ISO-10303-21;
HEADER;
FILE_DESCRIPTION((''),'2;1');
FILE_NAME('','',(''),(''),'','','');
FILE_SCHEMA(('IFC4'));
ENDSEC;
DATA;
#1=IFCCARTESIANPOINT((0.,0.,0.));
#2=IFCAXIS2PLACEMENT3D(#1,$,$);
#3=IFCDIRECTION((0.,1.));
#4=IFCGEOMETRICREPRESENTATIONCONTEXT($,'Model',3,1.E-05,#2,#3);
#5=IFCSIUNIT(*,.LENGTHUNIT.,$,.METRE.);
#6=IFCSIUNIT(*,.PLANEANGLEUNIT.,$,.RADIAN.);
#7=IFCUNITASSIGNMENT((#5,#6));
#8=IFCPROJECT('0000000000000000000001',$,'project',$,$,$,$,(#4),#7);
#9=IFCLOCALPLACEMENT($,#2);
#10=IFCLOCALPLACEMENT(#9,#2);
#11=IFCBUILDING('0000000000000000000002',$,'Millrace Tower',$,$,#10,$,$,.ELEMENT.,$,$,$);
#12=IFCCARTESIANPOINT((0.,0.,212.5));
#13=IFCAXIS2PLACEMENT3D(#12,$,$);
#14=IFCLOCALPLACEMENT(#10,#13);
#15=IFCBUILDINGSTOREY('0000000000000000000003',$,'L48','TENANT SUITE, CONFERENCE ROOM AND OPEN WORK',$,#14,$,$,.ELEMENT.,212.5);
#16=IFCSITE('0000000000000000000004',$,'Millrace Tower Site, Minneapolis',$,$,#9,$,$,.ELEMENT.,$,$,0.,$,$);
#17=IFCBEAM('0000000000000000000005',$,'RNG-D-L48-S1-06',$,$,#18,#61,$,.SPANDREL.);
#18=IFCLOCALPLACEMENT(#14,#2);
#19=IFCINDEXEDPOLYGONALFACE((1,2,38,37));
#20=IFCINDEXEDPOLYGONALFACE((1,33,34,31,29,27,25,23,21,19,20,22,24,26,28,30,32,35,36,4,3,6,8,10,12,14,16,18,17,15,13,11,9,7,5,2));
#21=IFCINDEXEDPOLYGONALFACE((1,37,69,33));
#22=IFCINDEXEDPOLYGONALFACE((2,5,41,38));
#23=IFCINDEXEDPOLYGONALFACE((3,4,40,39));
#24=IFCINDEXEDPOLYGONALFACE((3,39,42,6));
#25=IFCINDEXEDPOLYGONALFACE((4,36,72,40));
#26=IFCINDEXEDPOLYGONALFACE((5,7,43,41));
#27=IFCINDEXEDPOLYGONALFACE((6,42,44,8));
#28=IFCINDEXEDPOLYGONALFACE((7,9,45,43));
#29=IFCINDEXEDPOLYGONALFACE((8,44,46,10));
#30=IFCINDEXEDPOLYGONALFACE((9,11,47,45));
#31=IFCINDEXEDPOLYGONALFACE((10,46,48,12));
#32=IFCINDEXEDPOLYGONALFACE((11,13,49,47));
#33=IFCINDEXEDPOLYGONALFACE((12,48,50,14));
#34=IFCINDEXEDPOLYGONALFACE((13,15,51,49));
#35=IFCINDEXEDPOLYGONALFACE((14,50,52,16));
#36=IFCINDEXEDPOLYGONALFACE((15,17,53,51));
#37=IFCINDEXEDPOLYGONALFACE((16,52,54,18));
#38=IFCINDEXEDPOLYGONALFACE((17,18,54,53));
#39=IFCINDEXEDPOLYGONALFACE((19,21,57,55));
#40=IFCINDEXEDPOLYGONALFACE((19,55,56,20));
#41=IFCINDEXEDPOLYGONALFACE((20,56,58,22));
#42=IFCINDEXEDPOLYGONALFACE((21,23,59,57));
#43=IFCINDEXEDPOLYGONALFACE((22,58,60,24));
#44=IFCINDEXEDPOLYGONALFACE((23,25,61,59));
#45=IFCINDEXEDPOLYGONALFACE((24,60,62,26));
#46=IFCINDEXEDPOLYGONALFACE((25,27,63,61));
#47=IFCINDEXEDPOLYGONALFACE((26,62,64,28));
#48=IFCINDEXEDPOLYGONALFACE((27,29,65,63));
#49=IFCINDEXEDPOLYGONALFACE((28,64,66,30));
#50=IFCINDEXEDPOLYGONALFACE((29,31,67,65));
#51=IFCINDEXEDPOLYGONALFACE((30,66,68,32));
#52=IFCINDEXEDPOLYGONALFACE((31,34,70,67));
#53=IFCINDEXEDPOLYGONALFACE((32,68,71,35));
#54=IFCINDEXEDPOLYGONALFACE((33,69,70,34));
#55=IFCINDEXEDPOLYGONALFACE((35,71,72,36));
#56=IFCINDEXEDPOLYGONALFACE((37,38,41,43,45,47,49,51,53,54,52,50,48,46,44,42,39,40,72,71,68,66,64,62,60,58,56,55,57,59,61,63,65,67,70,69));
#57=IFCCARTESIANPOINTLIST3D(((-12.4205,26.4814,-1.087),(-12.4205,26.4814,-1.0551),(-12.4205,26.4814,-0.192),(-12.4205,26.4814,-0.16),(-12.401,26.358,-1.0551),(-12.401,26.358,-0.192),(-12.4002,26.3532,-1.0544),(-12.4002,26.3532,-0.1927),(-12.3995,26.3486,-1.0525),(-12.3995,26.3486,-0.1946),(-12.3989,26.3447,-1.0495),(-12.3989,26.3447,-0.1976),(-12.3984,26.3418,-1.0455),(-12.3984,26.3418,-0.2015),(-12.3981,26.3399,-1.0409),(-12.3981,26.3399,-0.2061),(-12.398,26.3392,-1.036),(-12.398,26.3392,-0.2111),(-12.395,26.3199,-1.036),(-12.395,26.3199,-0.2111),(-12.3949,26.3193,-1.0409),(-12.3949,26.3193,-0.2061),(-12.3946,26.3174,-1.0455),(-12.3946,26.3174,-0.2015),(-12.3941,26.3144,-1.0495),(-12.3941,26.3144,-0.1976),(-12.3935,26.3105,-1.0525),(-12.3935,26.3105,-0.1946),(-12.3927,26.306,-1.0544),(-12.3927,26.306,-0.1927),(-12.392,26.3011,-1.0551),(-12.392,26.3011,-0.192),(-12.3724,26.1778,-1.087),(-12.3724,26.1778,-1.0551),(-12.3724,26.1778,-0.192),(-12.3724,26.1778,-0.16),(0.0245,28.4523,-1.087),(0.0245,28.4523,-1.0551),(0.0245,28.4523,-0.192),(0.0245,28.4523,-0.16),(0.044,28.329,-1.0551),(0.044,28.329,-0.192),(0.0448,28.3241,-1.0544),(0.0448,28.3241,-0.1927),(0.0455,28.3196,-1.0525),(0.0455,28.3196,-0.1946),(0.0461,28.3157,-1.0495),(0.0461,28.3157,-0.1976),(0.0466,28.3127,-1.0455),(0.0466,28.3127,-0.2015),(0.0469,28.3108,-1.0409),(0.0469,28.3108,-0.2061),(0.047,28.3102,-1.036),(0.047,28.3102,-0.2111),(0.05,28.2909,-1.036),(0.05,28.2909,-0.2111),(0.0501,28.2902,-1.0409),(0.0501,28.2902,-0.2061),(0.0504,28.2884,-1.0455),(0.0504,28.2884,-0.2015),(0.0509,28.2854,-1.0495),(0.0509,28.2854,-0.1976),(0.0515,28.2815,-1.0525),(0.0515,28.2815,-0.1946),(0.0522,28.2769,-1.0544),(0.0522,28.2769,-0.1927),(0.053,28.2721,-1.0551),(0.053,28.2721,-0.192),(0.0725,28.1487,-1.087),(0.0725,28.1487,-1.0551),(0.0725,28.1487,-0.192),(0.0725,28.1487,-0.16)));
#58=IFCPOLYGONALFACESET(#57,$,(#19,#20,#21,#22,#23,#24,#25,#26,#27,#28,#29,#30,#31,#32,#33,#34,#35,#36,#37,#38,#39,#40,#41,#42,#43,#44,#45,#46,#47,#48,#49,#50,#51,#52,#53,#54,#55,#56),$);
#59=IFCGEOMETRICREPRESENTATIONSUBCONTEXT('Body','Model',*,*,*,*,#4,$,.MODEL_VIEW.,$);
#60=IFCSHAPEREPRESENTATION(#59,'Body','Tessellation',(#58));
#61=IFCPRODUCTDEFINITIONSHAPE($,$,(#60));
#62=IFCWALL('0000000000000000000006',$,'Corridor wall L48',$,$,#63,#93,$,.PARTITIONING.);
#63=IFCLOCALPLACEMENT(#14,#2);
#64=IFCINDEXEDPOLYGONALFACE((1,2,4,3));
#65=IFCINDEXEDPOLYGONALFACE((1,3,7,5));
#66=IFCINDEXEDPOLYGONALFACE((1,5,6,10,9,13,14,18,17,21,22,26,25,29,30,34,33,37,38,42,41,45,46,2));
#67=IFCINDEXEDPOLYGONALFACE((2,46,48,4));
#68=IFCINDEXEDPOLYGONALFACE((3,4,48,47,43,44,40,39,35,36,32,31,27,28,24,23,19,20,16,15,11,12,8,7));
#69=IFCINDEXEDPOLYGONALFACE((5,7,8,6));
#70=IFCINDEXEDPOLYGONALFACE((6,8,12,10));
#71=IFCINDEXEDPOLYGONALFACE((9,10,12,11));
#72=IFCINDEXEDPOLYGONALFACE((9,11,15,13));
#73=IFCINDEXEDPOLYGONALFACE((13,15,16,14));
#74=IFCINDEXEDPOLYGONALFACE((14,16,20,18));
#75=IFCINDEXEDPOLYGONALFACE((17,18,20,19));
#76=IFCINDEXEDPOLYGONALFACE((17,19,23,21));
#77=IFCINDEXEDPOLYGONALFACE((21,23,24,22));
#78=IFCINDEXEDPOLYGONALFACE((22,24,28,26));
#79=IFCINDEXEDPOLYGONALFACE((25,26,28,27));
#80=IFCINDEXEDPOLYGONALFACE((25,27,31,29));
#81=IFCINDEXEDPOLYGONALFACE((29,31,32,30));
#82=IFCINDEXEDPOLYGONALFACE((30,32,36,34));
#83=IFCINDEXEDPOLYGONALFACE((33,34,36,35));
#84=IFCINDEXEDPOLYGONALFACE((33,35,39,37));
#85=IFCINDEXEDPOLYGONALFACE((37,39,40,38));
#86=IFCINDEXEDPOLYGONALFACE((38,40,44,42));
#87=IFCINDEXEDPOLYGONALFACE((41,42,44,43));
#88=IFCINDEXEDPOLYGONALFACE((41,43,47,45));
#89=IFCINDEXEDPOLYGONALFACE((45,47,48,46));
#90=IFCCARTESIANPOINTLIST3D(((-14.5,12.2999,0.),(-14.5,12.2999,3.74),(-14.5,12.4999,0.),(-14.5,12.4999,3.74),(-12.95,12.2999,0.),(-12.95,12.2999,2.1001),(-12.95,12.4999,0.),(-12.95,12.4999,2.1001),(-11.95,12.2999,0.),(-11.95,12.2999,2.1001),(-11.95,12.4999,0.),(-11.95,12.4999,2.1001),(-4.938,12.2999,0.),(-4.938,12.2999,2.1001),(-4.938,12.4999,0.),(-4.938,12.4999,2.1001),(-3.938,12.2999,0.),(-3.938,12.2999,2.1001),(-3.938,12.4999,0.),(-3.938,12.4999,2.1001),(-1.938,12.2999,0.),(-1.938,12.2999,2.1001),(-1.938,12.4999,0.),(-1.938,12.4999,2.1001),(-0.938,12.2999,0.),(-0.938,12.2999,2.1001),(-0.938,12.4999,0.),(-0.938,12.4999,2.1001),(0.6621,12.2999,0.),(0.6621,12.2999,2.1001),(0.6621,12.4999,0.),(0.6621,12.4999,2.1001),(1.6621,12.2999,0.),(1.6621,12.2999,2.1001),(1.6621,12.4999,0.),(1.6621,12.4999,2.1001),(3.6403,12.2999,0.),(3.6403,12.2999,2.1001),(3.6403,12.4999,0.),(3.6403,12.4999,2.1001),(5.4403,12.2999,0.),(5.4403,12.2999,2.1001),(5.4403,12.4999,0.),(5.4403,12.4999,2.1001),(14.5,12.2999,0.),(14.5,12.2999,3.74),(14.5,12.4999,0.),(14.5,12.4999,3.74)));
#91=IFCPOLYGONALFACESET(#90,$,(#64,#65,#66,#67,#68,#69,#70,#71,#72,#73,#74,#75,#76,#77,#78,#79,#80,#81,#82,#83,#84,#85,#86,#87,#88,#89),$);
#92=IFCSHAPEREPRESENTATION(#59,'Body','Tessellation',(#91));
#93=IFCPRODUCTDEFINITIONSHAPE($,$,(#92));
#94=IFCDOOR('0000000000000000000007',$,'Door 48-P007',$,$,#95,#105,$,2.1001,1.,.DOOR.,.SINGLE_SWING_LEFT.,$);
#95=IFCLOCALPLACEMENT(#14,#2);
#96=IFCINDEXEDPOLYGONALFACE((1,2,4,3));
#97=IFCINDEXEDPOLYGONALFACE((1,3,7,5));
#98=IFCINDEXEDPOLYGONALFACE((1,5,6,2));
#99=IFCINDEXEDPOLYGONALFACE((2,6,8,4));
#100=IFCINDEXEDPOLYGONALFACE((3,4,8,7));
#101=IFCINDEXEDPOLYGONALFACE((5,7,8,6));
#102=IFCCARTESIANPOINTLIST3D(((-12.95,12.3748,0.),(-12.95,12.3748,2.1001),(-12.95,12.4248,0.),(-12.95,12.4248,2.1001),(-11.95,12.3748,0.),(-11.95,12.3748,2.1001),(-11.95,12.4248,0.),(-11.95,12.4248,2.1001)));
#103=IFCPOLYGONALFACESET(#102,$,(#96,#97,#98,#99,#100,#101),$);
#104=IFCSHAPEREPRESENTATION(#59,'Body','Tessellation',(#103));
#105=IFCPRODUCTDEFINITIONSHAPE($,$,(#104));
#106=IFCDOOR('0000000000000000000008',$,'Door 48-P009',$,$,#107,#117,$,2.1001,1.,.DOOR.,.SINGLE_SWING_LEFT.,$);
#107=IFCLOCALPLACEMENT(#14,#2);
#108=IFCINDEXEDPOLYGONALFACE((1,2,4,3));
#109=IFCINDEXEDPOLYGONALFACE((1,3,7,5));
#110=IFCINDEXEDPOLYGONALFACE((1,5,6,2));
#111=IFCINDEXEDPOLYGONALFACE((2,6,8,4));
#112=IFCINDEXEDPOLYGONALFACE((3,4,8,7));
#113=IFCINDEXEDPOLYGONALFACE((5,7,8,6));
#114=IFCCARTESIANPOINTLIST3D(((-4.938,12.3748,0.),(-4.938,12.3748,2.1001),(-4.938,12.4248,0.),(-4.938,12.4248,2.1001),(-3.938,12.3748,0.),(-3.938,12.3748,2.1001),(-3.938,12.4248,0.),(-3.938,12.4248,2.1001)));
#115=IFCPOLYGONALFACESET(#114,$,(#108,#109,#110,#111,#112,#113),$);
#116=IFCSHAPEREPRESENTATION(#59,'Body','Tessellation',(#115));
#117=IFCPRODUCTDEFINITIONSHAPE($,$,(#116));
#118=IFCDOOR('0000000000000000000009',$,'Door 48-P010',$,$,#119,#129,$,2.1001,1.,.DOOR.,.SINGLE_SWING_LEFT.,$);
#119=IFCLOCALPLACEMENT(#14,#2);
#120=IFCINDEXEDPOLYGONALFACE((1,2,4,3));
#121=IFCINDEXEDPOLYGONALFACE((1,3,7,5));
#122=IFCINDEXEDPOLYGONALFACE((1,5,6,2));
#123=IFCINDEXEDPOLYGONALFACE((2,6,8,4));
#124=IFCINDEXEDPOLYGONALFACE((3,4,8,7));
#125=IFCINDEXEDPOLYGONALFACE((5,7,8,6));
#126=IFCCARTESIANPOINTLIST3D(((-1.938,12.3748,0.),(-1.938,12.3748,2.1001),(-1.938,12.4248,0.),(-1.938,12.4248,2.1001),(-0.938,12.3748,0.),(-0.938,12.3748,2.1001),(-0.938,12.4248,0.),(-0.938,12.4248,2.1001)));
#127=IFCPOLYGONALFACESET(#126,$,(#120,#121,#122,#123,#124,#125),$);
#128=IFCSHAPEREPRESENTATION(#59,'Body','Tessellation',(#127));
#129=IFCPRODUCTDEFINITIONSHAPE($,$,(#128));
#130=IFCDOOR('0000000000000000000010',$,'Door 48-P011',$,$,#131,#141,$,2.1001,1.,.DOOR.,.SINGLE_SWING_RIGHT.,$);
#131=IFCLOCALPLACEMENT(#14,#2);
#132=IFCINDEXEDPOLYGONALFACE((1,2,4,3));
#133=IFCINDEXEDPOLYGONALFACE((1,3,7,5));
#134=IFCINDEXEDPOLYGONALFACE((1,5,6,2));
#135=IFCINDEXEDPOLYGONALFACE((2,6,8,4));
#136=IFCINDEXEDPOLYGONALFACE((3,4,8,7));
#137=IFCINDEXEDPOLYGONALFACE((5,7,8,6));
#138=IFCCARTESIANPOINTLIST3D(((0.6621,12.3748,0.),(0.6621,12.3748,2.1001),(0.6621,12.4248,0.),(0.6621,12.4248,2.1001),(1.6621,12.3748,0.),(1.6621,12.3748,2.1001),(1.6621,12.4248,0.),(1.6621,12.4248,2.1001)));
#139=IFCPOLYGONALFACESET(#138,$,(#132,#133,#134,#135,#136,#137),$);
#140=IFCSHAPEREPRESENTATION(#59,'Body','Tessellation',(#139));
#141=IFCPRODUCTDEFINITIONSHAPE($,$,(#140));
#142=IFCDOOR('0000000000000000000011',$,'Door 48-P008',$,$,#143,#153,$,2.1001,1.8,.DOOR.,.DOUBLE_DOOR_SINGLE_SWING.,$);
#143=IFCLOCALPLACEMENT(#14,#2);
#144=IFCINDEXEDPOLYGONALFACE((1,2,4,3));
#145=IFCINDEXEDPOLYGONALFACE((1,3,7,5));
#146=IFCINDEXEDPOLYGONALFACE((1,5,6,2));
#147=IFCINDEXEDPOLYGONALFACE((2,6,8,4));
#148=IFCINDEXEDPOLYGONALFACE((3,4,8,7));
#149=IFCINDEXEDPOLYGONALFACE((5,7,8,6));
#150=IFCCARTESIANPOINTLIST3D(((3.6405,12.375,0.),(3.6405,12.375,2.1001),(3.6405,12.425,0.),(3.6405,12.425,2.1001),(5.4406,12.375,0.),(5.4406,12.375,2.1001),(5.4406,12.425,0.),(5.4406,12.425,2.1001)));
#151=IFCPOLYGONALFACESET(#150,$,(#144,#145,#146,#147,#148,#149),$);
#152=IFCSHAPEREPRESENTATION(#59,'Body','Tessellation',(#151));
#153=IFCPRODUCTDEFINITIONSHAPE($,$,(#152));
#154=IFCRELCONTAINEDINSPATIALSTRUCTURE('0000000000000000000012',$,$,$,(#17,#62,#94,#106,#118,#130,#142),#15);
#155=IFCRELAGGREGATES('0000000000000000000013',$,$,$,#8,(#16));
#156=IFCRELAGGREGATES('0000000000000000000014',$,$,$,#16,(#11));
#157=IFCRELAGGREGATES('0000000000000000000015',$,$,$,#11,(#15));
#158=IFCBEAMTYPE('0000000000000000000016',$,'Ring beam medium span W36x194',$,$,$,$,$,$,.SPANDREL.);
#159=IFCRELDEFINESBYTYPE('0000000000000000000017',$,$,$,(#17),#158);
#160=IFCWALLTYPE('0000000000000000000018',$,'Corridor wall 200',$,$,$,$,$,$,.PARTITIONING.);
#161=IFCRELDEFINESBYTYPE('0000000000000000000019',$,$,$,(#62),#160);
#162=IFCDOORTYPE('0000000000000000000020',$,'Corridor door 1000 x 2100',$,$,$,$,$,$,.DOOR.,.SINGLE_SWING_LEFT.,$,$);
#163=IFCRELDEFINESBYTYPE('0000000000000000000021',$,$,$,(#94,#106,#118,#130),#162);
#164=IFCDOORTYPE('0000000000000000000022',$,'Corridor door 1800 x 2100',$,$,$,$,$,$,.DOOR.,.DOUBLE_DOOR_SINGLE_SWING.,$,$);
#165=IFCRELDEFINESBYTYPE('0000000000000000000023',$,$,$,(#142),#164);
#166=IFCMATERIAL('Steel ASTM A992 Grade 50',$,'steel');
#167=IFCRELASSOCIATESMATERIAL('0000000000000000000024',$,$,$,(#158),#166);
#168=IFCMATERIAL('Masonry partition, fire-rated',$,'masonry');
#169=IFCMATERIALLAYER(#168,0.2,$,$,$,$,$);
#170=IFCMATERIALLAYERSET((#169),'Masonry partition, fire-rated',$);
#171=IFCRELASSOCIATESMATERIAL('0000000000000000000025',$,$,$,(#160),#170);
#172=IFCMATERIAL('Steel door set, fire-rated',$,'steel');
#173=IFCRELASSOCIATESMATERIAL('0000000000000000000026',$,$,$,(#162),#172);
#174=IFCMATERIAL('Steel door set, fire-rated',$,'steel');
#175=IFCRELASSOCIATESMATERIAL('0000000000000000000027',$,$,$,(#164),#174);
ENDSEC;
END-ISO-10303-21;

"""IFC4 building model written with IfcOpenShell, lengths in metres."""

from ifc_helpers import new_model, si_unit, direction, frame, frame_2d, origin, origin_2d, place, context, subcontext, project, spatial, rectangle, i_section, extrude, material, layer, layer_set, material_profile, profile_set, type_object, element, fill, save


model = new_model("IFC4")

# Units and contexts
model_context = context("Model", 3, precision=1e-05, world=origin(), true_north=direction((0.0, 1.0)))
body_context = subcontext(model_context, "Body", "Model", "MODEL_VIEW")
ifc_project = project(units=[si_unit("LENGTHUNIT", "METRE"), si_unit("PLANEANGLEUNIT", "RADIAN")], contexts=[model_context])

# Site, building, storey
site_placement = place(None, origin())
site = spatial("IfcSite", under=ifc_project, at=site_placement, Name="Millrace Tower Site, Minneapolis", CompositionType="ELEMENT", RefElevation=0.0)
building_placement = place(site_placement, origin())
building = spatial("IfcBuilding", under=site, at=building_placement, Name="Millrace Tower", CompositionType="ELEMENT")
storey_placement = place(building_placement, frame((0.0, 0.0, 212.5)))
storey = spatial("IfcBuildingStorey", under=building, at=storey_placement, Name="L48", Description="TENANT SUITE, CONFERENCE ROOM AND OPEN WORK", CompositionType="ELEMENT", Elevation=212.5)

# Beam
ifc_material_1 = material(Name="Steel ASTM A992 Grade 50", Category="steel")
ifc_material_profile_1 = material_profile(ifc_material_1, i_section(OverallWidth=0.3074, OverallDepth=0.927, WebThickness=0.0195, FlangeThickness=0.032, FilletRadius=0.019, at=origin_2d()))
ifc_profile_set_1 = profile_set([ifc_material_profile_1], Name="Steel ASTM A992 Grade 50")
beam_type_1 = type_object("IfcBeamType", Name="Ring beam medium span W36x194", PredefinedType="SPANDREL", material=ifc_profile_set_1)
beam_1_placement = place(storey_placement, frame((-12.3965, 26.3296, -0.6235), z_axis=(0.98769, 0.156422, 0.0), x_axis=(-0.156422, 0.98769, 0.0)))
element("IfcBeam", 1, at=beam_1_placement, inside=storey, type_object=beam_type_1, Name="RNG-D-L48-S1-06", PredefinedType="SPANDREL", context=body_context, shape_type="SweptSolid", body=[
    extrude(i_section(OverallWidth=0.3074, OverallDepth=0.927, WebThickness=0.0195, FlangeThickness=0.032, FilletRadius=0.019, at=origin_2d()), origin(), (0.0, 0.0, 1.0), 12.6001),
])

# Wall, openings, doors
ifc_material_2 = material(Name="Masonry partition, fire-rated", Category="masonry")
ifc_layer_1 = layer(ifc_material_2, 0.2)
ifc_layer_set_1 = layer_set([ifc_layer_1], Name="Masonry partition, fire-rated")
wall_type_1 = type_object("IfcWallType", Name="Corridor wall 200", PredefinedType="PARTITIONING", material=ifc_layer_set_1)
wall_1_placement = place(storey_placement, frame((-14.5, 12.3999, 0.0), z_axis=(0.0, 0.0, 1.0), x_axis=(1.0, 0.0, 0.0)))
wall_1 = element("IfcWall", 2, at=wall_1_placement, inside=storey, type_object=wall_type_1, Name="Corridor wall L48", PredefinedType="PARTITIONING", context=body_context, shape_type="SweptSolid", body=[
    extrude(rectangle(XDim=29.0, YDim=0.2, at=frame_2d((14.5, 0.0))), origin(), (0.0, 0.0, 1.0), 3.74),
])
opening_1_placement = place(wall_1_placement, frame((1.55, 0.0, 0.0)))
opening_1 = element("IfcOpeningElement", 3, at=opening_1_placement, cuts=wall_1, PredefinedType="OPENING", context=body_context, shape_type="SweptSolid", body=[
    extrude(rectangle(XDim=1.0, YDim=2.1001, at=frame_2d((0.5, 1.05))), frame((0.0, 0.1099, 0.0), z_axis=(0.0, -1.0, 0.0), x_axis=(1.0, 0.0, 0.0)), (0.0, 0.0, 1.0), 0.22),
])
opening_2_placement = place(wall_1_placement, frame((18.1404, 0.0, 0.0)))
opening_2 = element("IfcOpeningElement", 4, at=opening_2_placement, cuts=wall_1, PredefinedType="OPENING", context=body_context, shape_type="SweptSolid", body=[
    extrude(rectangle(XDim=1.8, YDim=2.1001, at=frame_2d((0.8999, 1.05))), frame((0.0, 0.1099, 0.0), z_axis=(0.0, -1.0, 0.0), x_axis=(1.0, 0.0, 0.0)), (0.0, 0.0, 1.0), 0.22),
])
opening_3_placement = place(wall_1_placement, frame((9.562, 0.0, 0.0)))
opening_3 = element("IfcOpeningElement", 5, at=opening_3_placement, cuts=wall_1, PredefinedType="OPENING", context=body_context, shape_type="SweptSolid", body=[
    extrude(rectangle(XDim=1.0, YDim=2.1001, at=frame_2d((0.5, 1.05))), frame((0.0, 0.1099, 0.0), z_axis=(0.0, -1.0, 0.0), x_axis=(1.0, 0.0, 0.0)), (0.0, 0.0, 1.0), 0.22),
])
opening_4_placement = place(wall_1_placement, frame((12.562, 0.0, 0.0)))
opening_4 = element("IfcOpeningElement", 6, at=opening_4_placement, cuts=wall_1, PredefinedType="OPENING", context=body_context, shape_type="SweptSolid", body=[
    extrude(rectangle(XDim=1.0, YDim=2.1001, at=frame_2d((0.5, 1.05))), frame((0.0, 0.1099, 0.0), z_axis=(0.0, -1.0, 0.0), x_axis=(1.0, 0.0, 0.0)), (0.0, 0.0, 1.0), 0.22),
])
opening_5_placement = place(wall_1_placement, frame((15.1621, 0.0, 0.0)))
opening_5 = element("IfcOpeningElement", 7, at=opening_5_placement, cuts=wall_1, PredefinedType="OPENING", context=body_context, shape_type="SweptSolid", body=[
    extrude(rectangle(XDim=1.0, YDim=2.1001, at=frame_2d((0.5, 1.05))), frame((0.0, 0.1099, 0.0), z_axis=(0.0, -1.0, 0.0), x_axis=(1.0, 0.0, 0.0)), (0.0, 0.0, 1.0), 0.22),
])
ifc_material_3 = material(Name="Steel door set, fire-rated", Category="steel")
door_type_1 = type_object("IfcDoorType", Name="Corridor door 1000 x 2100", OperationType="SINGLE_SWING_LEFT", PredefinedType="DOOR", material=ifc_material_3)
door_1_placement = place(opening_1_placement, origin())
door_1 = element("IfcDoor", 8, at=door_1_placement, inside=storey, type_object=door_type_1, Name="Door 48-P007", OperationType="SINGLE_SWING_LEFT", OverallHeight=2.1001, OverallWidth=1.0, PredefinedType="DOOR", context=body_context, shape_type="SweptSolid", body=[
    extrude(rectangle(XDim=1.0, YDim=2.1001, at=frame_2d((0.5, 1.05))), frame((0.0, 0.0249, 0.0), z_axis=(0.0, -1.0, 0.0), x_axis=(1.0, 0.0, 0.0)), (0.0, 0.0, 1.0), 0.05),
])
fill(opening_1, door_1)
door_2_placement = place(opening_3_placement, origin())
door_2 = element("IfcDoor", 9, at=door_2_placement, inside=storey, type_object=door_type_1, Name="Door 48-P009", OperationType="SINGLE_SWING_LEFT", OverallHeight=2.1001, OverallWidth=1.0, PredefinedType="DOOR", context=body_context, shape_type="SweptSolid", body=[
    extrude(rectangle(XDim=1.0, YDim=2.1001, at=frame_2d((0.5, 1.05))), frame((0.0, 0.0249, 0.0), z_axis=(0.0, -1.0, 0.0), x_axis=(1.0, 0.0, 0.0)), (0.0, 0.0, 1.0), 0.05),
])
fill(opening_3, door_2)
door_3_placement = place(opening_4_placement, origin())
door_3 = element("IfcDoor", 10, at=door_3_placement, inside=storey, type_object=door_type_1, Name="Door 48-P010", OperationType="SINGLE_SWING_LEFT", OverallHeight=2.1001, OverallWidth=1.0, PredefinedType="DOOR", context=body_context, shape_type="SweptSolid", body=[
    extrude(rectangle(XDim=1.0, YDim=2.1001, at=frame_2d((0.5, 1.05))), frame((0.0, 0.0249, 0.0), z_axis=(0.0, -1.0, 0.0), x_axis=(1.0, 0.0, 0.0)), (0.0, 0.0, 1.0), 0.05),
])
fill(opening_4, door_3)
door_4_placement = place(opening_5_placement, origin())
door_4 = element("IfcDoor", 11, at=door_4_placement, inside=storey, type_object=door_type_1, Name="Door 48-P011", OperationType="SINGLE_SWING_RIGHT", OverallHeight=2.1001, OverallWidth=1.0, PredefinedType="DOOR", context=body_context, shape_type="SweptSolid", body=[
    extrude(rectangle(XDim=1.0, YDim=2.1001, at=frame_2d((0.5, 1.05))), frame((0.0, 0.0249, 0.0), z_axis=(0.0, -1.0, 0.0), x_axis=(1.0, 0.0, 0.0)), (0.0, 0.0, 1.0), 0.05),
])
fill(opening_5, door_4)
ifc_material_4 = material(Name="Steel door set, fire-rated", Category="steel")
door_type_2 = type_object("IfcDoorType", Name="Corridor door 1800 x 2100", OperationType="DOUBLE_DOOR_SINGLE_SWING", PredefinedType="DOOR", material=ifc_material_4)
door_5_placement = place(opening_2_placement, frame((1.8, 0.0, 0.0), z_axis=(0.0, 0.0, 1.0), x_axis=(-1.0, 0.0, 0.0)))
door_5 = element("IfcDoor", 12, at=door_5_placement, inside=storey, type_object=door_type_2, Name="Door 48-P008", OperationType="DOUBLE_DOOR_SINGLE_SWING", OverallHeight=2.1001, OverallWidth=1.8, PredefinedType="DOOR", context=body_context, shape_type="SweptSolid", body=[
    extrude(rectangle(XDim=1.8, YDim=2.1001, at=frame_2d((0.8999, 1.05))), frame((0.0, 0.0249, 0.0), z_axis=(0.0, -1.0, 0.0), x_axis=(1.0, 0.0, 0.0)), (0.0, 0.0, 1.0), 0.05),
])
fill(opening_2, door_5)

save(model, "model.ifc")
